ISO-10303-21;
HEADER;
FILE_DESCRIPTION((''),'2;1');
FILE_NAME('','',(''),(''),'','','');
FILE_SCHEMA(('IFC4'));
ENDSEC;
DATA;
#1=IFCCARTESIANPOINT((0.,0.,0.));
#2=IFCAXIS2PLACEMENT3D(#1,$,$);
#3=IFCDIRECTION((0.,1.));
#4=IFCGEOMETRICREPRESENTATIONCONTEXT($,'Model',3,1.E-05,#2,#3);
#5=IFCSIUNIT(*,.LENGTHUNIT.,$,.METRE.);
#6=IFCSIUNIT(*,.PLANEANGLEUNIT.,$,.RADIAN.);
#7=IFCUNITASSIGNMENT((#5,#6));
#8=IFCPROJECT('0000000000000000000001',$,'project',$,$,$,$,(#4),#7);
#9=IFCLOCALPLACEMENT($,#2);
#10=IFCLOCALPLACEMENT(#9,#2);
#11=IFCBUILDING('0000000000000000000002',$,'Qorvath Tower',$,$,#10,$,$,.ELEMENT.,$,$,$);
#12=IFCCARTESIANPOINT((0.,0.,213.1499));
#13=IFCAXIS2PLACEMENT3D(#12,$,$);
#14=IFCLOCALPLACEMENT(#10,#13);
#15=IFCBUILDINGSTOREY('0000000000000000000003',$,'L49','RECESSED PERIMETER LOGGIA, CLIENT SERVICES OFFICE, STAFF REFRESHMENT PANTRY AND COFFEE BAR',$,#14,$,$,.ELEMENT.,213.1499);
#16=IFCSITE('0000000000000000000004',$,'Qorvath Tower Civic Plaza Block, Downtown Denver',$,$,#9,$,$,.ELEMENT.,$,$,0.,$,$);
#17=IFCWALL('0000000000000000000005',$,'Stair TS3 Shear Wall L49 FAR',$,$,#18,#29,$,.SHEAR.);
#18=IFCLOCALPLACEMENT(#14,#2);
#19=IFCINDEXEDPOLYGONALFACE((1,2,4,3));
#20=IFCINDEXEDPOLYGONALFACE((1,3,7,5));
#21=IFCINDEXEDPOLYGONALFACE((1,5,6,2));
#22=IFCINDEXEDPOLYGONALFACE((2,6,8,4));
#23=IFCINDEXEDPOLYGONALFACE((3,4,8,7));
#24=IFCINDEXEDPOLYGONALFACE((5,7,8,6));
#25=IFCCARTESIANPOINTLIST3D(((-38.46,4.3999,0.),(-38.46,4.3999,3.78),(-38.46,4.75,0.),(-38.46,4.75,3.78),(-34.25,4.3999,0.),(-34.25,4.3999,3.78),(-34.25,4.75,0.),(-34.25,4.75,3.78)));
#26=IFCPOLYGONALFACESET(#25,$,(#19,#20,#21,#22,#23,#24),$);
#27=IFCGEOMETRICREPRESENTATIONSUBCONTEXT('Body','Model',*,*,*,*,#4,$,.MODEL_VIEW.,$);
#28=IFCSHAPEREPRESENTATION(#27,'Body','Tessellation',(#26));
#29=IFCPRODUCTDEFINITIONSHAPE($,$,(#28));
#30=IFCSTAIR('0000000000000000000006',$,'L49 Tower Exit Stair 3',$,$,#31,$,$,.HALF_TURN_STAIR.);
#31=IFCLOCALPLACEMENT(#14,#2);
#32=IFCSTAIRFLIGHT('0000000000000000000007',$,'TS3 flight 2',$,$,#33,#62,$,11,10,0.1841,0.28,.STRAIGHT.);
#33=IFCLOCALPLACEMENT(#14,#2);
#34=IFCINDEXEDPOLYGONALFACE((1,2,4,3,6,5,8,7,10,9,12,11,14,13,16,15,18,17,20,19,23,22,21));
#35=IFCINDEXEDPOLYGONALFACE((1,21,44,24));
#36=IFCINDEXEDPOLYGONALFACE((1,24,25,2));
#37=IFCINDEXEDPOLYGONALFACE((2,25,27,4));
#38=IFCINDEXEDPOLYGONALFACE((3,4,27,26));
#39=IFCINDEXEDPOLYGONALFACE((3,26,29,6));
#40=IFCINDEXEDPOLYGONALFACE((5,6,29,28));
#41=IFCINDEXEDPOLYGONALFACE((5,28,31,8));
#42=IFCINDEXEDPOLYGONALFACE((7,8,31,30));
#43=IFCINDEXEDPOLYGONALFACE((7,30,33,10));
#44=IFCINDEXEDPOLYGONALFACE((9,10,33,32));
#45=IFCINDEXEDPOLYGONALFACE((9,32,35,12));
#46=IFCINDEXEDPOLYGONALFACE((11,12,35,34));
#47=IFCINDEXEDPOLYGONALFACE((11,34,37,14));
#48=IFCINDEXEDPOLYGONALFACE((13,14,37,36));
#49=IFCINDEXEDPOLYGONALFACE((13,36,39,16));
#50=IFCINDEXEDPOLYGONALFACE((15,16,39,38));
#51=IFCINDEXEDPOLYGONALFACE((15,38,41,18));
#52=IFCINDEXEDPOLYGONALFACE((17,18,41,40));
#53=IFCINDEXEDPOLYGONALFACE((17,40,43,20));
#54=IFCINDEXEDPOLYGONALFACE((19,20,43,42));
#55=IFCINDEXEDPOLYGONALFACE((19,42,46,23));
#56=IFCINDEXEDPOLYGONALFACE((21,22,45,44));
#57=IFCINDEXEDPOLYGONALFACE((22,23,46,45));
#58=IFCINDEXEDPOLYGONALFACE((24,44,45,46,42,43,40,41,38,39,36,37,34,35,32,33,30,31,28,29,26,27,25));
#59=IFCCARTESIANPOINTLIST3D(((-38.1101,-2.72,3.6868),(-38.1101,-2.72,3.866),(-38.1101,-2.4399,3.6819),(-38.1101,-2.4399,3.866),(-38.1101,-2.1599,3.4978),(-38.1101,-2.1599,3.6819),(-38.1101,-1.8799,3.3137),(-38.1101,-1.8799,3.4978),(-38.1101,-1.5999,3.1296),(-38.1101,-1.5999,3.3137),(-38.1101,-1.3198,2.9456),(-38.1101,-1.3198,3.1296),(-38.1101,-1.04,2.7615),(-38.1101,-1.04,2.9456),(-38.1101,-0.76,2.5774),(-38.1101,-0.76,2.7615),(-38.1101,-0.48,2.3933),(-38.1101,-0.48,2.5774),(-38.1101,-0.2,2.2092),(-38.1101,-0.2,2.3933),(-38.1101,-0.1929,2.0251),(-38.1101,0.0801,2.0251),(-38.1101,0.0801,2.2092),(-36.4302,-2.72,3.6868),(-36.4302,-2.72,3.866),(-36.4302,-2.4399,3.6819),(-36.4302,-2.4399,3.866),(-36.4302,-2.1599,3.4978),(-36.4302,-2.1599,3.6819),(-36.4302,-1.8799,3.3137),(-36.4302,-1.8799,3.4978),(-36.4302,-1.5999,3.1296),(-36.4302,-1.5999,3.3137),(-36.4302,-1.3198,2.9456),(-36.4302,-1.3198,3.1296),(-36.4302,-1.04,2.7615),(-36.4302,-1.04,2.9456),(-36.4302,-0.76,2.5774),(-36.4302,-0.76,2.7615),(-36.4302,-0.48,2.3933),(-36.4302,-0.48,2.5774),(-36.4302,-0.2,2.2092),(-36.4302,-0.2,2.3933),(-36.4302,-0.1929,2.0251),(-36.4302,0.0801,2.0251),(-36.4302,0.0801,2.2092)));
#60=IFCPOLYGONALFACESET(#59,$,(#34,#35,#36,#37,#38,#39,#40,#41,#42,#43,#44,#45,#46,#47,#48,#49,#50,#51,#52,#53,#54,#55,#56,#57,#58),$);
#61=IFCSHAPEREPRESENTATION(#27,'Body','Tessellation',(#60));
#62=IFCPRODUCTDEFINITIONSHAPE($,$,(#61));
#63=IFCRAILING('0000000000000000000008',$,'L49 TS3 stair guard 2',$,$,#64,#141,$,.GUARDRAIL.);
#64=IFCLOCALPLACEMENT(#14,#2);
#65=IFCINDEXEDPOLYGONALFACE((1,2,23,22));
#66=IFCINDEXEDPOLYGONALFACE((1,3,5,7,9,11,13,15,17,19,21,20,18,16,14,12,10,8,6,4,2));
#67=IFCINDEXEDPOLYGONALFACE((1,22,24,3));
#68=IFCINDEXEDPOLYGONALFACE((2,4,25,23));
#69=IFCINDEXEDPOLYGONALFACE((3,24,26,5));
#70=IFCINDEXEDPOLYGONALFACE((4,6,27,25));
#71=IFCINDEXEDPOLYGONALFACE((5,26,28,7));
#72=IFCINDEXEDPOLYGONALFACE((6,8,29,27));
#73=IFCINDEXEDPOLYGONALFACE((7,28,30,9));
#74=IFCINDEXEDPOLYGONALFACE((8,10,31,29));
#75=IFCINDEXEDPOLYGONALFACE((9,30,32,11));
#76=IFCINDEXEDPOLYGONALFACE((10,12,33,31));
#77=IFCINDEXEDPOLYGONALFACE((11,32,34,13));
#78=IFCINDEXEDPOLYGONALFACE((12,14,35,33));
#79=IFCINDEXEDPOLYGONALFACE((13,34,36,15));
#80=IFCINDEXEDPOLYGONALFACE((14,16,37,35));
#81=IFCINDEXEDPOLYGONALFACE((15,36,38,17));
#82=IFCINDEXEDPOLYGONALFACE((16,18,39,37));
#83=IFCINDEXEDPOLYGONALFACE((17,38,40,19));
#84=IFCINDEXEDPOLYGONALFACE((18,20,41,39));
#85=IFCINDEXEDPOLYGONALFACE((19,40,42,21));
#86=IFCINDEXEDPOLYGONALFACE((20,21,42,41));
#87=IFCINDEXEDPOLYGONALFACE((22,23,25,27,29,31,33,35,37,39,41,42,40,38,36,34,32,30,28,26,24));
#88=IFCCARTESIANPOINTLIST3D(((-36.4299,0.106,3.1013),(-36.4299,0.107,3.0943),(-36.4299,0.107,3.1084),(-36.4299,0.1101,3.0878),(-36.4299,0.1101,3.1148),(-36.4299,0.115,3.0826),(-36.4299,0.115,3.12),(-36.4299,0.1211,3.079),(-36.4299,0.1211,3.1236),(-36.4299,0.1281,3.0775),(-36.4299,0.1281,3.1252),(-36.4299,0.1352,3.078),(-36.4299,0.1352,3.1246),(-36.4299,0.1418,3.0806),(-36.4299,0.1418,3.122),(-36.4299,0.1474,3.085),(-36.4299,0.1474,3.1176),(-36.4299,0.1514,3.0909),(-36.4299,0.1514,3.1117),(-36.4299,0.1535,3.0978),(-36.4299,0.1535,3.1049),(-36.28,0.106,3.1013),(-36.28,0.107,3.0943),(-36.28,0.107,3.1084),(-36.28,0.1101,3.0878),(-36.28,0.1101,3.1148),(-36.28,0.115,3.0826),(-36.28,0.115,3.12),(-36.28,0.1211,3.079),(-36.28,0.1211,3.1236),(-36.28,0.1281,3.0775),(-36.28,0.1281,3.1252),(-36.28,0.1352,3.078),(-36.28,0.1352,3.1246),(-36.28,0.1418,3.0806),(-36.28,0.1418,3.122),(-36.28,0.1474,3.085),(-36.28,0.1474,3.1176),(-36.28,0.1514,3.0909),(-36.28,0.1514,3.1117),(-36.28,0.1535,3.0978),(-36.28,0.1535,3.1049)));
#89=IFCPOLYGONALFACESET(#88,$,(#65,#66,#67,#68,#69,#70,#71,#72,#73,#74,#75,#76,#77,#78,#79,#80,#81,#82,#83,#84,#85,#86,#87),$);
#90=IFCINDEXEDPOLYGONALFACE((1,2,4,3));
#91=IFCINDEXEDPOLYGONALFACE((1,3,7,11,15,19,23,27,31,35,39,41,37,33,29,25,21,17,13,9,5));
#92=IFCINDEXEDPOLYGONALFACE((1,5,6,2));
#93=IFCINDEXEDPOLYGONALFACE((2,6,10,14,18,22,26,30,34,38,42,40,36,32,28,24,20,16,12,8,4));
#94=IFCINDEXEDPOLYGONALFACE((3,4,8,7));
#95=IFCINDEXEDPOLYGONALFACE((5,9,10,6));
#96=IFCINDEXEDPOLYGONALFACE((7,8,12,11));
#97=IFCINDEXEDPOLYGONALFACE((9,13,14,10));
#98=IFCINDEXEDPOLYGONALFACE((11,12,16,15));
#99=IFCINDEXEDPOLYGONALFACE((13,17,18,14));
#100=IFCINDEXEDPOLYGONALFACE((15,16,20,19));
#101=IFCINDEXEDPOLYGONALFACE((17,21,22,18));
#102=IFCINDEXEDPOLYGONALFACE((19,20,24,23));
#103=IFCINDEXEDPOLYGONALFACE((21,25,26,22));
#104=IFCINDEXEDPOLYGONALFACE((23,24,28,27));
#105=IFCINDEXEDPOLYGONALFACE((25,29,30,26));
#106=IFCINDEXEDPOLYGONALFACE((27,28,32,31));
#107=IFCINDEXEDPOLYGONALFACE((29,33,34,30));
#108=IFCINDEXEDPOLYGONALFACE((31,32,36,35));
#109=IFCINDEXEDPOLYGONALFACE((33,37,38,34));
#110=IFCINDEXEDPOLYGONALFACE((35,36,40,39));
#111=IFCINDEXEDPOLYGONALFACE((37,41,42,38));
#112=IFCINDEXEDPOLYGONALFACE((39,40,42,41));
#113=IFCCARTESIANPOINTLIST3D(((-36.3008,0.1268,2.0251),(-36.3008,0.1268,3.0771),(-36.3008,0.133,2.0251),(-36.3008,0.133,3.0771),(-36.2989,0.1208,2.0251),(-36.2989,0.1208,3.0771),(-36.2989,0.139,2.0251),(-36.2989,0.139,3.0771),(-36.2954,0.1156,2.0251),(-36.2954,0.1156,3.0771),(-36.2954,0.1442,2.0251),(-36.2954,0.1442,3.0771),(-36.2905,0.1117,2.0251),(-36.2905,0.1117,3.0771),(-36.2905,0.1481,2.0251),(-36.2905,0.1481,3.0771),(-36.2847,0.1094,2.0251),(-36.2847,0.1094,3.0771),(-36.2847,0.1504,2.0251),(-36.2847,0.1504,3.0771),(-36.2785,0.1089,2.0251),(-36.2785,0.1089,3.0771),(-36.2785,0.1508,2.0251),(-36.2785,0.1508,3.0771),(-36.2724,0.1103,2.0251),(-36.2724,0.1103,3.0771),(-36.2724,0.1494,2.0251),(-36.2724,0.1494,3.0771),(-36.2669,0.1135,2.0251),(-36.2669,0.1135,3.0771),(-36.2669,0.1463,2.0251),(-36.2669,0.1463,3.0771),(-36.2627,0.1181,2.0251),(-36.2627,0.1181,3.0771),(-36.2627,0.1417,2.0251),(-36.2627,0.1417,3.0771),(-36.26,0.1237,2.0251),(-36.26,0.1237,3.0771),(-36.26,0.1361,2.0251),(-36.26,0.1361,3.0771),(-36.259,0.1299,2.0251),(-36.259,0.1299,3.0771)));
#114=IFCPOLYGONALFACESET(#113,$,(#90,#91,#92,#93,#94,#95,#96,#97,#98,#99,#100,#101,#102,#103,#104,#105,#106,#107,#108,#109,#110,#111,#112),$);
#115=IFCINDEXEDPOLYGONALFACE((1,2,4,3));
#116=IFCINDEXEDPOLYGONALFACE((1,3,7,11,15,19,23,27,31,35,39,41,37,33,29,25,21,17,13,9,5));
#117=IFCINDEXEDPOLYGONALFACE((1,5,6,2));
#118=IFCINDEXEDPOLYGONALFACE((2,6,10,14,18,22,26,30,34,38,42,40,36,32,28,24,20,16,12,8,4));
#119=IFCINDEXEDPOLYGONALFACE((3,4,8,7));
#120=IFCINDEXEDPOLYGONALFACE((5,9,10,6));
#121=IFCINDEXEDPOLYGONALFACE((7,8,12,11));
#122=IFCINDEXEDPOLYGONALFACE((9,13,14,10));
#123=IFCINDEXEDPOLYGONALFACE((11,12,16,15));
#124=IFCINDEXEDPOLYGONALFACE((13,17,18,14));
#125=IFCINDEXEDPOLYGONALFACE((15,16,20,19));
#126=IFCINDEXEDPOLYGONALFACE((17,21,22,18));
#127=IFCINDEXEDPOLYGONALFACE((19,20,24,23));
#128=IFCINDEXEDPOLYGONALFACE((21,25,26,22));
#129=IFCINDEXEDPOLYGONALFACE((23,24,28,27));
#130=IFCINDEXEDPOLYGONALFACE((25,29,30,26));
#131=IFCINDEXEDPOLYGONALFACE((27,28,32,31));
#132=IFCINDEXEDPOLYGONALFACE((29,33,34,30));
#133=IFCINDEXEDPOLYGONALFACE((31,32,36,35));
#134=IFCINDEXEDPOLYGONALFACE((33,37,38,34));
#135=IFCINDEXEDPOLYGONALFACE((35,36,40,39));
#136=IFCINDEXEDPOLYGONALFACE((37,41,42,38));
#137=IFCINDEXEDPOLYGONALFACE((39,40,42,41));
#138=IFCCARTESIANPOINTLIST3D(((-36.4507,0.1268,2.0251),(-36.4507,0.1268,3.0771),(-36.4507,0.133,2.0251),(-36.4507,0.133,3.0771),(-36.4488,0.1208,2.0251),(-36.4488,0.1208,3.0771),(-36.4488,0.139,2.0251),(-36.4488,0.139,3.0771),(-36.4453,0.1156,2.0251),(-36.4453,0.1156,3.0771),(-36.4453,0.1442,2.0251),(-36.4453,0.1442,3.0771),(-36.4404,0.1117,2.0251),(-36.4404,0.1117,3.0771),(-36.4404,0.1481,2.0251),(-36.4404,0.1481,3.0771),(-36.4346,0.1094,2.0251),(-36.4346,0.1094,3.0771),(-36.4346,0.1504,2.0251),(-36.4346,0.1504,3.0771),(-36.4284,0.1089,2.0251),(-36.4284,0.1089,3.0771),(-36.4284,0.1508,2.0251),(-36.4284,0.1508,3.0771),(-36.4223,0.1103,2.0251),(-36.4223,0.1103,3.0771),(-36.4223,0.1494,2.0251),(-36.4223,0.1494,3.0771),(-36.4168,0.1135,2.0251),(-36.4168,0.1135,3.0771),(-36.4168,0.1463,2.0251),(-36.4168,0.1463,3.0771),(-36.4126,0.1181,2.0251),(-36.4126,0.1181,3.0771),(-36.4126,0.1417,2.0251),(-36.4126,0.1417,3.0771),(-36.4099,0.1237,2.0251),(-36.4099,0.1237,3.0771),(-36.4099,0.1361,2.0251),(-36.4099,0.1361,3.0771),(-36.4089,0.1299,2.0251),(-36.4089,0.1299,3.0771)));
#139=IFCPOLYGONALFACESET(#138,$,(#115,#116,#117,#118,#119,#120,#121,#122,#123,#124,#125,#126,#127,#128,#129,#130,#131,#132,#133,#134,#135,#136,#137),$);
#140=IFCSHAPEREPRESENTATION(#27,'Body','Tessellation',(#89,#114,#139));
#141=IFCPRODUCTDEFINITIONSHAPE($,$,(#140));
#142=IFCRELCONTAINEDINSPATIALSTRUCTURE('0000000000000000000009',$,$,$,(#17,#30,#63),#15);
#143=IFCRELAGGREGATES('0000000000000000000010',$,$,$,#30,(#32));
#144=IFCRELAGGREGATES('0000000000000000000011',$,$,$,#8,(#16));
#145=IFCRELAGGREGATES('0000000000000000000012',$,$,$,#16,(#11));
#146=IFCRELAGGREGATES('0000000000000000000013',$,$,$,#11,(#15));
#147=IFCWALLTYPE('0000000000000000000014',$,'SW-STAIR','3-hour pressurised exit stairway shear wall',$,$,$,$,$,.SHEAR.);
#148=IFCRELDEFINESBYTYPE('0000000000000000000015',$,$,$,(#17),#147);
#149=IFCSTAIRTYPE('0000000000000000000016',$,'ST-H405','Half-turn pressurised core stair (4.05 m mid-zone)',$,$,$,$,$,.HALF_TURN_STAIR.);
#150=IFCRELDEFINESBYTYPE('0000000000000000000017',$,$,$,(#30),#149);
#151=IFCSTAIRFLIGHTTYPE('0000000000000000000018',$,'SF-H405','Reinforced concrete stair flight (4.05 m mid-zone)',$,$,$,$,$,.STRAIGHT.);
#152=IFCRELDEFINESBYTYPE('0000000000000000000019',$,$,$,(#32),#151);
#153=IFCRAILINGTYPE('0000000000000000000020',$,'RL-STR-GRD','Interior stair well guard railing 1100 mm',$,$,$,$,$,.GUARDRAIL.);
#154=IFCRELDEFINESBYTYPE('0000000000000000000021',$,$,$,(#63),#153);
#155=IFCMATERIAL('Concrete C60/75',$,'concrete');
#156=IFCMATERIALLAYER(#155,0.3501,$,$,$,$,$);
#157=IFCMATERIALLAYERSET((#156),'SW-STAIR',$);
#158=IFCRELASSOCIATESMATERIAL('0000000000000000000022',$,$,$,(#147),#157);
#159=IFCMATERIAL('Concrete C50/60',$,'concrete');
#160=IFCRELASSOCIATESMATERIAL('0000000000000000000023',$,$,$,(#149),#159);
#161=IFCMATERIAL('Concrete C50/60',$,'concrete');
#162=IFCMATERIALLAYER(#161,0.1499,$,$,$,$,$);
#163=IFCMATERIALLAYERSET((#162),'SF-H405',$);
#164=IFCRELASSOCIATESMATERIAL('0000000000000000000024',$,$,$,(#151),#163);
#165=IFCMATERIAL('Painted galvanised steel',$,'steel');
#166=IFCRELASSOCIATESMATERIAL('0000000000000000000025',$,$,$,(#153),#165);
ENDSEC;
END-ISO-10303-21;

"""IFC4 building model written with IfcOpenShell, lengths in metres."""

from ifc_helpers import new_model, si_unit, direction, frame, frame_2d, origin, origin_2d, place, context, subcontext, project, spatial, polyline, rectangle, circle, outline, extrude, material, layer, layer_set, type_object, element, aggregate, save


model = new_model("IFC4")

# Units and contexts
model_context = context("Model", 3, precision=1e-05, world=origin(), true_north=direction((0.0, 1.0)))
body_context = subcontext(model_context, "Body", "Model", "MODEL_VIEW")
ifc_project = project(units=[si_unit("LENGTHUNIT", "METRE"), si_unit("PLANEANGLEUNIT", "RADIAN")], contexts=[model_context])

# Site, building, storey
site_placement = place(None, origin())
site = spatial("IfcSite", under=ifc_project, at=site_placement, Name="Qorvath Tower Civic Plaza Block, Downtown Denver", CompositionType="ELEMENT", RefElevation=0.0)
building_placement = place(site_placement, origin())
building = spatial("IfcBuilding", under=site, at=building_placement, Name="Qorvath Tower", CompositionType="ELEMENT")
storey_placement = place(building_placement, frame((0.0, 0.0, 213.1499)))
storey = spatial("IfcBuildingStorey", under=building, at=storey_placement, Name="L49", Description="RECESSED PERIMETER LOGGIA, CLIENT SERVICES OFFICE, STAFF REFRESHMENT PANTRY AND COFFEE BAR", CompositionType="ELEMENT", Elevation=213.1499)

# Wall
ifc_material_1 = material(Name="Concrete C60/75", Category="concrete")
ifc_layer_1 = layer(ifc_material_1, 0.3501)
ifc_layer_set_1 = layer_set([ifc_layer_1], Name="SW-STAIR")
wall_type_1 = type_object("IfcWallType", Name="SW-STAIR", Description="3-hour pressurised exit stairway shear wall", PredefinedType="SHEAR", material=ifc_layer_set_1)
wall_1_placement = place(storey_placement, frame((-34.25, 4.575, 0.0), z_axis=(0.0, 0.0, 1.0), x_axis=(-1.0, 0.0, 0.0)))
element("IfcWall", 1, at=wall_1_placement, inside=storey, type_object=wall_type_1, Name="Stair TS3 Shear Wall L49 FAR", PredefinedType="SHEAR", context=body_context, shape_type="SweptSolid", body=[
    extrude(rectangle(XDim=4.21, YDim=0.3501, at=frame_2d((2.105, 0.0))), origin(), (0.0, 0.0, 1.0), 3.78),
])

# Stair, stair flight
ifc_material_2 = material(Name="Concrete C50/60", Category="concrete")
stair_type = type_object("IfcStairType", Name="ST-H405", Description="Half-turn pressurised core stair (4.05 m mid-zone)", PredefinedType="HALF_TURN_STAIR", material=ifc_material_2)
stair_placement = place(storey_placement, origin())
stair = element("IfcStair", 2, at=stair_placement, inside=storey, type_object=stair_type, Name="L49 Tower Exit Stair 3", PredefinedType="HALF_TURN_STAIR")
ifc_material_3 = material(Name="Concrete C50/60", Category="concrete")
ifc_layer_2 = layer(ifc_material_3, 0.1499)
ifc_layer_set_2 = layer_set([ifc_layer_2], Name="SF-H405")
stair_flight_type = type_object("IfcStairFlightType", Name="SF-H405", Description="Reinforced concrete stair flight (4.05 m mid-zone)", PredefinedType="STRAIGHT", material=ifc_layer_set_2)
stair_flight_placement = place(storey_placement, frame((-37.27, 0.0801, 2.0251), z_axis=(0.0, 0.0, 1.0), x_axis=(0.0, -1.0, 0.0)))
stair_flight = element("IfcStairFlight", 3, at=stair_flight_placement, type_object=stair_flight_type, Name="TS3 flight 2", NumberOfRisers=11, NumberOfTreads=10, PredefinedType="STRAIGHT", RiserHeight=0.1841, TreadLength=0.28, context=body_context, shape_type="SweptSolid", body=[
    extrude(outline(polyline([(0.0, 0.0), (0.0, 0.1841), (0.28, 0.1841), (0.28, 0.3682), (0.5601, 0.3682), (0.5601, 0.5522), (0.8401, 0.5522), (0.8401, 0.7363), (1.1201, 0.7363), (1.1201, 0.9204), (1.3999, 0.9204), (1.3999, 1.1045), (1.6799, 1.1045), (1.6799, 1.2886), (1.96, 1.2886), (1.96, 1.4727), (2.24, 1.4727), (2.24, 1.6567), (2.52, 1.6567), (2.52, 1.8408), (2.8, 1.8408), (2.8, 2.0249), (2.8, 1.6616), (0.2729, 0.0), (0.0, 0.0)])), frame((0.0, 0.8398, 0.0), z_axis=(0.0, -1.0, 0.0), x_axis=(1.0, 0.0, 0.0)), (0.0, 0.0, 1.0), 1.6799),
])
aggregate(stair, [stair_flight])

# Railing
ifc_material_4 = material(Name="Painted galvanised steel", Category="steel")
railing_type = type_object("IfcRailingType", Name="RL-STR-GRD", Description="Interior stair well guard railing 1100 mm", PredefinedType="GUARDRAIL", material=ifc_material_4)
railing_1_placement = place(storey_placement, frame((-36.28, 0.1299, 2.0251)))
element("IfcRailing", 4, at=railing_1_placement, inside=storey, type_object=railing_type, Name="L49 TS3 stair guard 2", PredefinedType="GUARDRAIL", context=body_context, shape_type="SweptSolid", body=[
    extrude(circle(Radius=0.0239, at=origin_2d()), frame((0.0, 0.0, 1.0762), z_axis=(-1.0, 0.0, 0.0), x_axis=(0.0, -1.0, 0.0)), (0.0, 0.0, 1.0), 0.1499),
    extrude(circle(Radius=0.021, at=origin_2d()), origin(), (0.0, 0.0, 1.0), 1.052),
    extrude(circle(Radius=0.021, at=origin_2d()), frame((-0.1499, 0.0, 0.0)), (0.0, 0.0, 1.0), 1.052),
])

save(model, "model.ifc")
